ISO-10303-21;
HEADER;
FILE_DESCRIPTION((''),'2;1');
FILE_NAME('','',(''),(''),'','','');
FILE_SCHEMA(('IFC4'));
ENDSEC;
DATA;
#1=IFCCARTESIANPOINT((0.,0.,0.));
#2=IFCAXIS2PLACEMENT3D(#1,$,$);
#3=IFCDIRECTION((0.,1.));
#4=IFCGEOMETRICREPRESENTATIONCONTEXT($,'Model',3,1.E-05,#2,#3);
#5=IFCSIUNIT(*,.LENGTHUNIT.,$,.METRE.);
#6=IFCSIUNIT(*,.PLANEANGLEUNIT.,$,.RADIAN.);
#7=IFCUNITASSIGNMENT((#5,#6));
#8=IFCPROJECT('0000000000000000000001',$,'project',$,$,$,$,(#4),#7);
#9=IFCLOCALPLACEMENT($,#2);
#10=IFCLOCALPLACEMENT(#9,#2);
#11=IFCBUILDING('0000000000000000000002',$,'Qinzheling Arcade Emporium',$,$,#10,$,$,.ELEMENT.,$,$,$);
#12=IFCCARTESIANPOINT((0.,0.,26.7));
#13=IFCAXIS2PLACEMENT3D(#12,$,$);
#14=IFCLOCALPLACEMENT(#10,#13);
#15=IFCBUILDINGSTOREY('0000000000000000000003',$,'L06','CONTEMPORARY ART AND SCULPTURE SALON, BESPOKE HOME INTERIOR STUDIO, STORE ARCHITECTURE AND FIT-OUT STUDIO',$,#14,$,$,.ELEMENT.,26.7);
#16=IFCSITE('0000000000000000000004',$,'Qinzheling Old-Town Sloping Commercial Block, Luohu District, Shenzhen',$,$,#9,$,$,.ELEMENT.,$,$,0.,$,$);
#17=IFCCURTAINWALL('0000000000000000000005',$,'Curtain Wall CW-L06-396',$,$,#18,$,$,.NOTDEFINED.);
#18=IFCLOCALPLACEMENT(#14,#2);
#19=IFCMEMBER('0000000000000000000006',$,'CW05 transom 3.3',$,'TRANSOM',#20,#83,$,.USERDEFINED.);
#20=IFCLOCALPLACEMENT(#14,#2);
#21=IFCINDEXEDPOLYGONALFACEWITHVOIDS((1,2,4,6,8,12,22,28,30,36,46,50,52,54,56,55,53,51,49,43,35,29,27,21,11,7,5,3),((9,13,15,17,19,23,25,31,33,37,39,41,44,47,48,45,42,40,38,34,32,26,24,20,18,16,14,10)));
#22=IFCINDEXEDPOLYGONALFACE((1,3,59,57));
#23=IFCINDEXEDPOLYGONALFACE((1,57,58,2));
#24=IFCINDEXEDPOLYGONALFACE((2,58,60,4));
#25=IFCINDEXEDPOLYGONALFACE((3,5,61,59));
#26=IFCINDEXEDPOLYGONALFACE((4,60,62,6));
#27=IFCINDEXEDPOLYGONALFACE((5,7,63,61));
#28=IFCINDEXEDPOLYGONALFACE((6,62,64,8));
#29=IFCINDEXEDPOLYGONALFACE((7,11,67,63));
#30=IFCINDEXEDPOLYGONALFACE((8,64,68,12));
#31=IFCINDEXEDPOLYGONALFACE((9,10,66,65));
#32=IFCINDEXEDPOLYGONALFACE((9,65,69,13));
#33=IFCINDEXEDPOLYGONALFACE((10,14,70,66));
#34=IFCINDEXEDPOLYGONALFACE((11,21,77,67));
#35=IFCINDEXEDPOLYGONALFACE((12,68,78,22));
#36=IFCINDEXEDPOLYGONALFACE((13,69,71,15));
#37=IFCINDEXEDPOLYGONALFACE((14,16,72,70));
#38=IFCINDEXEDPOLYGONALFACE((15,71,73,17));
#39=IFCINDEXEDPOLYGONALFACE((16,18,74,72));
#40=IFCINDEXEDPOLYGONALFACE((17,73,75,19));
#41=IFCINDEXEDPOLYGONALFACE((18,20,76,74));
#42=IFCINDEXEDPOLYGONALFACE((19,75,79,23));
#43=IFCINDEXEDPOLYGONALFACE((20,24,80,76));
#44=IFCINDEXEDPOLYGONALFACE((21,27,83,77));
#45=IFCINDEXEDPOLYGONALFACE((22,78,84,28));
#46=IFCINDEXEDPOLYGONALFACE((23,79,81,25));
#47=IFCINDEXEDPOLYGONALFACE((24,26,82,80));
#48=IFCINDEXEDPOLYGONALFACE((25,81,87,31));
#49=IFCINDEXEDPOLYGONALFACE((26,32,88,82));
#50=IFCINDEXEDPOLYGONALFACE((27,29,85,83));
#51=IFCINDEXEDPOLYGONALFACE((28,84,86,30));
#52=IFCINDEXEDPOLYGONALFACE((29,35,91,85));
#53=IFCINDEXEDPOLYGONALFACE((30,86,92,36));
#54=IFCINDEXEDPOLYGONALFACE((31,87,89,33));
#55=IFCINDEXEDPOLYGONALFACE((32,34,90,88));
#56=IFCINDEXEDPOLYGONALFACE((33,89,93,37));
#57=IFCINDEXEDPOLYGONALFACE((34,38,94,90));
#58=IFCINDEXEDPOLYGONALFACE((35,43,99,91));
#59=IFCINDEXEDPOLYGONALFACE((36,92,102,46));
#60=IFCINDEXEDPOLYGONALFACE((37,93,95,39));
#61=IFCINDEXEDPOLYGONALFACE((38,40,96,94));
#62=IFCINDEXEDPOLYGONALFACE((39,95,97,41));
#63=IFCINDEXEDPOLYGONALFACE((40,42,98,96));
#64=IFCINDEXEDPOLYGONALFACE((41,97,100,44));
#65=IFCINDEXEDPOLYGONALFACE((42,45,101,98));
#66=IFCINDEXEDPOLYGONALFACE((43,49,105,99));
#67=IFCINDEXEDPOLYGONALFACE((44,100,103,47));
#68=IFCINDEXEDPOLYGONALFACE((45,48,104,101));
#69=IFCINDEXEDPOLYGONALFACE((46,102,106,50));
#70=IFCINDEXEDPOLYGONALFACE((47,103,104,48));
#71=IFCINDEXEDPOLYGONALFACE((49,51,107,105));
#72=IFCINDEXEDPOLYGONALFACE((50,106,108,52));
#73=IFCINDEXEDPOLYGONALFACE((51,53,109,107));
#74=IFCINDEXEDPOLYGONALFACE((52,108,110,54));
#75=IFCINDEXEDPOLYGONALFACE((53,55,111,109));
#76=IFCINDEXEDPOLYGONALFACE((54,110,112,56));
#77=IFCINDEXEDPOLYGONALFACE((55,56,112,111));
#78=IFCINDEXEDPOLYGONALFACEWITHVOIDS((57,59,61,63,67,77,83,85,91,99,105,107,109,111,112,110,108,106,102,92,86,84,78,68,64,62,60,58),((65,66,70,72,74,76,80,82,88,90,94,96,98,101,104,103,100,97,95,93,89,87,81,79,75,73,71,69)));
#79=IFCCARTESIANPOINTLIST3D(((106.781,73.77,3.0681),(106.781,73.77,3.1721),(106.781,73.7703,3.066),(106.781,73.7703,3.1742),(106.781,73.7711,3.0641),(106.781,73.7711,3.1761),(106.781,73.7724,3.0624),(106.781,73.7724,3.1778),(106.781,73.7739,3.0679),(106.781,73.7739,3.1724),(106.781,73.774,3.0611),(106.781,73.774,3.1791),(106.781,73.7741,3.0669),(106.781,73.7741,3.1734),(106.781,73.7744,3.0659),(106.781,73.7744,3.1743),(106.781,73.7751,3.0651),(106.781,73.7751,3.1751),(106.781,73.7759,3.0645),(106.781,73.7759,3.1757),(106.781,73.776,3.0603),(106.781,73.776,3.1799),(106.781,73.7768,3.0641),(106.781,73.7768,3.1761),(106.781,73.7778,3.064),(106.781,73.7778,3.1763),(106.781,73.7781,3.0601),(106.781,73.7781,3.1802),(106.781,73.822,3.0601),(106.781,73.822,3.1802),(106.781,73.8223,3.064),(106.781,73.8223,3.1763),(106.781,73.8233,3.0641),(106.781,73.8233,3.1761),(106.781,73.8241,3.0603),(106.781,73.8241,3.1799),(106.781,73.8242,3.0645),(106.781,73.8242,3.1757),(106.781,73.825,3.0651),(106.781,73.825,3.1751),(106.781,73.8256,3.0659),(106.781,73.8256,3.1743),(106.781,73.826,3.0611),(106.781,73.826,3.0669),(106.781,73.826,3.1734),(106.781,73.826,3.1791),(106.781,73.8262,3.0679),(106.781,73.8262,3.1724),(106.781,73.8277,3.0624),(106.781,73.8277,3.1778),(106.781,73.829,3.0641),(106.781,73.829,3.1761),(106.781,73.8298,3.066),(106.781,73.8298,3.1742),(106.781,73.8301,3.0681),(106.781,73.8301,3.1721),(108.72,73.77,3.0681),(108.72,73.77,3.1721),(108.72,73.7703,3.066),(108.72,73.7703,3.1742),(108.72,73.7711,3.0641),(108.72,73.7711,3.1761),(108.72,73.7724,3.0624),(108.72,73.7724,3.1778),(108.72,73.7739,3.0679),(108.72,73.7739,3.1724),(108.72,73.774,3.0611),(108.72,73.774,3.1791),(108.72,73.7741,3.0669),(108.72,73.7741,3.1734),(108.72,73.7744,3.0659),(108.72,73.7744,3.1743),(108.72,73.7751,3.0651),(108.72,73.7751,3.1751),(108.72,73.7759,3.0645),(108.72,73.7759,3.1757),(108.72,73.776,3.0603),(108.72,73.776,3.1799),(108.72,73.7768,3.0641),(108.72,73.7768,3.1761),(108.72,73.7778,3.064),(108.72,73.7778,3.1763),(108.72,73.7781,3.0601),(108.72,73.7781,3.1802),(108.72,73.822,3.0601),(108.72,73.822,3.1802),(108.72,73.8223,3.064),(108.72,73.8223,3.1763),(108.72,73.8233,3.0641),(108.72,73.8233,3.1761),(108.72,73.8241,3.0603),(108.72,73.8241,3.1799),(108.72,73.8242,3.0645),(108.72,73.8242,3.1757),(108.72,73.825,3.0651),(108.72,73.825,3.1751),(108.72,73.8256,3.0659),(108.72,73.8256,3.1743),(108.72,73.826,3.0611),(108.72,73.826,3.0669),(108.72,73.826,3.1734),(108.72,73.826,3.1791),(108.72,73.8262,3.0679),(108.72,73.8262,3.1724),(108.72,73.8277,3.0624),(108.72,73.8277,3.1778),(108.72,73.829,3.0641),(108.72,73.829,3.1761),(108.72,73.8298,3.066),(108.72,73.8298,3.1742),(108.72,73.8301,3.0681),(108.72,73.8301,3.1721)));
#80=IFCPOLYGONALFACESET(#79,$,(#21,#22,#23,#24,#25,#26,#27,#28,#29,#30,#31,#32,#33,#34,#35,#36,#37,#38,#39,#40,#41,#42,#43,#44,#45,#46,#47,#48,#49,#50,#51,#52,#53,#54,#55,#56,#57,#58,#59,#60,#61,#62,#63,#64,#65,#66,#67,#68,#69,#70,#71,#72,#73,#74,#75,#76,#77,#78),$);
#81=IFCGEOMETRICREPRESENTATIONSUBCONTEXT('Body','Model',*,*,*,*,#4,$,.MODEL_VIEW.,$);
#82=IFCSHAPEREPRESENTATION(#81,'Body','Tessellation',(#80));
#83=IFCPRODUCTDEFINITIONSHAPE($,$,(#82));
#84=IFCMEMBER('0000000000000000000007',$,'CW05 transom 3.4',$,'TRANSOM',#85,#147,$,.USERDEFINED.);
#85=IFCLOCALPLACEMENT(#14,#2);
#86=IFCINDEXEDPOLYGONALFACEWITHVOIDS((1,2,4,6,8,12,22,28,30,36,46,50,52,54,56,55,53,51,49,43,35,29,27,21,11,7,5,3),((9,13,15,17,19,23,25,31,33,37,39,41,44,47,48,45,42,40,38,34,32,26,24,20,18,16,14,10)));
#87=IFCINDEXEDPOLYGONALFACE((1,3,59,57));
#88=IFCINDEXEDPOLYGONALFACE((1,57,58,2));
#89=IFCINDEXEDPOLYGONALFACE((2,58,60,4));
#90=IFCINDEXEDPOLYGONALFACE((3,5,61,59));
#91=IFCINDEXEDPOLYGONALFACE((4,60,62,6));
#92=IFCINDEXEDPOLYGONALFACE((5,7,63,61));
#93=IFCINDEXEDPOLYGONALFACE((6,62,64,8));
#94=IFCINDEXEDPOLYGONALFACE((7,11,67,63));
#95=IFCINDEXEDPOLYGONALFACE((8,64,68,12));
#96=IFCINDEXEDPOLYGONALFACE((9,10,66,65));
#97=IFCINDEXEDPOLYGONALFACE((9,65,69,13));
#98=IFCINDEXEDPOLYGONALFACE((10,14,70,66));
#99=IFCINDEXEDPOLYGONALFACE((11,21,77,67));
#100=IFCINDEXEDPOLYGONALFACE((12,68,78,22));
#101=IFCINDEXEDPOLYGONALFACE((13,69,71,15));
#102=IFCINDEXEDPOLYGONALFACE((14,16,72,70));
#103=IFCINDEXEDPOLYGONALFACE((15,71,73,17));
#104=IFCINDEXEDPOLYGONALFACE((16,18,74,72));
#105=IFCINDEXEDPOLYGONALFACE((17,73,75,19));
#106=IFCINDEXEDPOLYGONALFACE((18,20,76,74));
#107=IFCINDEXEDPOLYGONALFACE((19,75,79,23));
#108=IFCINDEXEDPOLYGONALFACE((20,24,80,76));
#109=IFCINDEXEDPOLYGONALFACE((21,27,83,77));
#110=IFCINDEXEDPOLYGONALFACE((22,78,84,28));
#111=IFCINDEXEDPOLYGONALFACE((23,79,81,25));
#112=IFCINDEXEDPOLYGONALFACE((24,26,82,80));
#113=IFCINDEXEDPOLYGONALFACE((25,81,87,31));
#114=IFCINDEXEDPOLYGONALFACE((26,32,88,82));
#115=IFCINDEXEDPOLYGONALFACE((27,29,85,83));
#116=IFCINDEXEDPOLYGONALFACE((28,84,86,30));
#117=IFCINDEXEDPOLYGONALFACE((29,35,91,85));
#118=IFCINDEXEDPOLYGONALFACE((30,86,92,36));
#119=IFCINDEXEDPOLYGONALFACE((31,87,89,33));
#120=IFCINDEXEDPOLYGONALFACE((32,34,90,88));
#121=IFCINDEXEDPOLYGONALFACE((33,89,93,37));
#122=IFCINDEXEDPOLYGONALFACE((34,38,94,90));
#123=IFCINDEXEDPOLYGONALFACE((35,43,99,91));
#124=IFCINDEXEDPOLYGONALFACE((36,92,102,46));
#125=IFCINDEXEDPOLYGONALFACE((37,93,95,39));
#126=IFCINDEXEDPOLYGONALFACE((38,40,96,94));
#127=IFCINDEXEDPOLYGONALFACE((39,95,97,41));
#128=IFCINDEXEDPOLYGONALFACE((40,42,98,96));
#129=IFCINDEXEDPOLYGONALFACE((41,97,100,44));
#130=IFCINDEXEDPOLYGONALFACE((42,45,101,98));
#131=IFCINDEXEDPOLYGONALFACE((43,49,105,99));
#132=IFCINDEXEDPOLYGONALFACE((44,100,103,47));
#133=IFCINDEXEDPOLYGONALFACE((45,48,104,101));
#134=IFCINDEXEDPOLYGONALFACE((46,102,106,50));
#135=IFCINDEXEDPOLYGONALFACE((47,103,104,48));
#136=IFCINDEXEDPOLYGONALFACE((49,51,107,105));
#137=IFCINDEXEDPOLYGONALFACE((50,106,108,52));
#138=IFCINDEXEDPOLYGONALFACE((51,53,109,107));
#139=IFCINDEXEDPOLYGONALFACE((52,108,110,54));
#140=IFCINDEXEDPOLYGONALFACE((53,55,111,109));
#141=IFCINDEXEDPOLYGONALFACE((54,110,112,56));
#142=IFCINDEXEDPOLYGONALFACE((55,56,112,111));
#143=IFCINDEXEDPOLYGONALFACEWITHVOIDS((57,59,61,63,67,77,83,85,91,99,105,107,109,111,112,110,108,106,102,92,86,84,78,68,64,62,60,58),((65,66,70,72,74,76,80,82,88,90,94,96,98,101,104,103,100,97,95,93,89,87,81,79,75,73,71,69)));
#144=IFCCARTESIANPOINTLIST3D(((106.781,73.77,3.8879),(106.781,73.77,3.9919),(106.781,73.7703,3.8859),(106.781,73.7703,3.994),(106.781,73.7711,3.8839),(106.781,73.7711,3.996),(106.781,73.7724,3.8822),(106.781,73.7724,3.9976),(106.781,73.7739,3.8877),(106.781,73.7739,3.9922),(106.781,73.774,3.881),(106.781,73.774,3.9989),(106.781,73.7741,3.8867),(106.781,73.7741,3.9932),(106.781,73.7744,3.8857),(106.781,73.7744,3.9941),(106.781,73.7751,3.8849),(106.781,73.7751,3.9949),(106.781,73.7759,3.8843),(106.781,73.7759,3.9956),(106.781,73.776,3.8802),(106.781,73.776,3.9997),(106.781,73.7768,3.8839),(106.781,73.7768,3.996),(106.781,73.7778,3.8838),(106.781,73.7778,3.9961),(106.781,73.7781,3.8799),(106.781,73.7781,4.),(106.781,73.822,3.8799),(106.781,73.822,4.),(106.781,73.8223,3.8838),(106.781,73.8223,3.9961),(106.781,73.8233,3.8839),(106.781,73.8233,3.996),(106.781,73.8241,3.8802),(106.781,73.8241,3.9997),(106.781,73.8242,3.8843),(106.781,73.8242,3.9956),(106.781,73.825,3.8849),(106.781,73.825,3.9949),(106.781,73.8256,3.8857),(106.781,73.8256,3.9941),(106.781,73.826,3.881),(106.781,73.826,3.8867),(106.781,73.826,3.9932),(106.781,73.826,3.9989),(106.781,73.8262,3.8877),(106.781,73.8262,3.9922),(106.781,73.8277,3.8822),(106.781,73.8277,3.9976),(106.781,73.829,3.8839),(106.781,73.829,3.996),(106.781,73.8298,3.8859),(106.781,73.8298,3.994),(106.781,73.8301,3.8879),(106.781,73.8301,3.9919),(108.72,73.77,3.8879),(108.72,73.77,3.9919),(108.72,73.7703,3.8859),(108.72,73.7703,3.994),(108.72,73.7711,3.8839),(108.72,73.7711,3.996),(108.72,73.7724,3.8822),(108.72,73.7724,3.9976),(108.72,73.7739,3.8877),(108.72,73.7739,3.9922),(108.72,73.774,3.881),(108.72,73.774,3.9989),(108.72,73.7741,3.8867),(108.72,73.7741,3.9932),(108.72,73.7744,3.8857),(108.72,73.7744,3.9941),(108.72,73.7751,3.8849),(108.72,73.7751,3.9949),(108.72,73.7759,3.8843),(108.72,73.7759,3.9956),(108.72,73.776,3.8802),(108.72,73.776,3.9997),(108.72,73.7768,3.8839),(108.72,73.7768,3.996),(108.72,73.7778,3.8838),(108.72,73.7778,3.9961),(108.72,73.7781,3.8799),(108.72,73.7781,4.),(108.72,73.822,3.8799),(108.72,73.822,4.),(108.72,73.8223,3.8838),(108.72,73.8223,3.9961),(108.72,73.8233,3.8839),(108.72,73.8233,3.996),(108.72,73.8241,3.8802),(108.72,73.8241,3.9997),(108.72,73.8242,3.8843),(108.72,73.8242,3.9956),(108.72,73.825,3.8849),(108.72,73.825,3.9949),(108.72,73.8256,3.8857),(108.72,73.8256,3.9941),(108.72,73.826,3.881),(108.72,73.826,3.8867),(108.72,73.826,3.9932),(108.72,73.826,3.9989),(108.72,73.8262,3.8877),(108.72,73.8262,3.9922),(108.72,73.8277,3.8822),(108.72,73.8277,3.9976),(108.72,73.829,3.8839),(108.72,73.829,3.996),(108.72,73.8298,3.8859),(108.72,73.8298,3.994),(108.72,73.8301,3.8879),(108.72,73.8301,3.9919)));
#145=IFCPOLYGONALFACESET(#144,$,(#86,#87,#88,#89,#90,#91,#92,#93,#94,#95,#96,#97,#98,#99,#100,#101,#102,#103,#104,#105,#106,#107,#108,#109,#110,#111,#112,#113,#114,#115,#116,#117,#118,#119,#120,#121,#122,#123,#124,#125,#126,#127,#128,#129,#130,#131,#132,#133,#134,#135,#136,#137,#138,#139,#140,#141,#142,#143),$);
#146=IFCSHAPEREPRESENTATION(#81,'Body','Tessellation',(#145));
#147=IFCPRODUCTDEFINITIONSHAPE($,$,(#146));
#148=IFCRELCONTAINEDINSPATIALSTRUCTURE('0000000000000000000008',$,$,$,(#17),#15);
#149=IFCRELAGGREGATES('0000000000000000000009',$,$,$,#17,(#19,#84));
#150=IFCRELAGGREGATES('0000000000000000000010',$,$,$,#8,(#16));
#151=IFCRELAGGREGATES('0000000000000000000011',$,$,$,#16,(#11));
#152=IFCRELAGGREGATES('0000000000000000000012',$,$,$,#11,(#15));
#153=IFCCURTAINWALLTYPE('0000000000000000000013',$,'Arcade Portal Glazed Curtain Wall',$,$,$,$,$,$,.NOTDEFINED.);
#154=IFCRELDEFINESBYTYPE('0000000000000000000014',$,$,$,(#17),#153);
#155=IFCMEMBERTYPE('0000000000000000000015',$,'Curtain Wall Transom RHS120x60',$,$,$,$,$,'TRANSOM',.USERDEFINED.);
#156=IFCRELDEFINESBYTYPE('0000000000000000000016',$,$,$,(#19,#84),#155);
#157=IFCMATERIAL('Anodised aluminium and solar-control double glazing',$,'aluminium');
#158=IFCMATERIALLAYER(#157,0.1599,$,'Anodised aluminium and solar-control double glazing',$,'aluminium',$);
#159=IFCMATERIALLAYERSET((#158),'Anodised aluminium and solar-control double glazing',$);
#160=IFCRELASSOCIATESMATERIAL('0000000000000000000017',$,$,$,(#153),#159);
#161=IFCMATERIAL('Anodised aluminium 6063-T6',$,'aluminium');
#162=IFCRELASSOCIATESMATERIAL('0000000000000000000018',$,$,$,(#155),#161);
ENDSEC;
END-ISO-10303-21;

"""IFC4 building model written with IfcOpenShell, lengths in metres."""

from ifc_helpers import new_model, si_unit, direction, frame, origin, origin_2d, place, context, subcontext, project, spatial, hollow_rectangle, extrude, material, layer, layer_set, material_profile, profile_set, type_object, element, aggregate, save


model = new_model("IFC4")

# Units and contexts
model_context = context("Model", 3, precision=1e-05, world=origin(), true_north=direction((0.0, 1.0)))
body_context = subcontext(model_context, "Body", "Model", "MODEL_VIEW")
ifc_project = project(units=[si_unit("LENGTHUNIT", "METRE"), si_unit("PLANEANGLEUNIT", "RADIAN")], contexts=[model_context])

# Site, building, storey
site_placement = place(None, origin())
site = spatial("IfcSite", under=ifc_project, at=site_placement, Name="Qinzheling Old-Town Sloping Commercial Block, Luohu District, Shenzhen", CompositionType="ELEMENT", RefElevation=0.0)
building_placement = place(site_placement, origin())
building = spatial("IfcBuilding", under=site, at=building_placement, Name="Qinzheling Arcade Emporium", CompositionType="ELEMENT")
storey_placement = place(building_placement, frame((0.0, 0.0, 26.7)))
storey = spatial("IfcBuildingStorey", under=building, at=storey_placement, Name="L06", Description="CONTEMPORARY ART AND SCULPTURE SALON, BESPOKE HOME INTERIOR STUDIO, STORE ARCHITECTURE AND FIT-OUT STUDIO", CompositionType="ELEMENT", Elevation=26.7)

# Curtain wall, members
ifc_material_1 = material(Name="Anodised aluminium and solar-control double glazing", Category="aluminium")
ifc_layer_1 = layer(ifc_material_1, 0.1599, Name="Anodised aluminium and solar-control double glazing", Category="aluminium")
ifc_layer_set_1 = layer_set([ifc_layer_1], Name="Anodised aluminium and solar-control double glazing")
curtain_wall_type = type_object("IfcCurtainWallType", Name="Arcade Portal Glazed Curtain Wall", PredefinedType="NOTDEFINED", material=ifc_layer_set_1)
curtain_wall_placement = place(storey_placement, origin())
curtain_wall = element("IfcCurtainWall", 1, at=curtain_wall_placement, inside=storey, type_object=curtain_wall_type, Name="Curtain Wall CW-L06-396", PredefinedType="NOTDEFINED")
ifc_material_2 = material(Name="Anodised aluminium 6063-T6", Category="aluminium")
ifc_material_profile_1 = material_profile(ifc_material_2, hollow_rectangle(XDim=0.0601, YDim=0.1201, WallThickness=0.0039, InnerFilletRadius=0.0039, OuterFilletRadius=0.0081, at=origin_2d()), Name="RHS 120x60x4", Category="aluminium")
ifc_profile_set_1 = profile_set([ifc_material_profile_1], Name="Anodised aluminium 6063-T6")
member_type_1 = type_object("IfcMemberType", Name="Curtain Wall Transom RHS120x60", ElementType="TRANSOM", PredefinedType="USERDEFINED", material=ifc_profile_set_1)
member_1_placement = place(storey_placement, frame((108.72, 73.8, 3.1201), z_axis=(-1.0, 0.0, 0.0), x_axis=(0.0, -1.0, 0.0)))
member_1 = element("IfcMember", 2, at=member_1_placement, type_object=member_type_1, Name="CW05 transom 3.3", ObjectType="TRANSOM", PredefinedType="USERDEFINED", context=body_context, shape_type="SweptSolid", body=[
    extrude(hollow_rectangle(XDim=0.0601, YDim=0.1201, WallThickness=0.0039, InnerFilletRadius=0.0039, OuterFilletRadius=0.0081, at=origin_2d()), origin(), (0.0, 0.0, 1.0), 1.939),
])
member_2_placement = place(storey_placement, frame((108.72, 73.8, 3.9399), z_axis=(-1.0, 0.0, 0.0), x_axis=(0.0, -1.0, 0.0)))
member_2 = element("IfcMember", 3, at=member_2_placement, type_object=member_type_1, Name="CW05 transom 3.4", ObjectType="TRANSOM", PredefinedType="USERDEFINED", context=body_context, shape_type="SweptSolid", body=[
    extrude(hollow_rectangle(XDim=0.0601, YDim=0.1201, WallThickness=0.0039, InnerFilletRadius=0.0039, OuterFilletRadius=0.0081, at=origin_2d()), origin(), (0.0, 0.0, 1.0), 1.939),
])
aggregate(curtain_wall, [member_1, member_2])

save(model, "model.ifc")
